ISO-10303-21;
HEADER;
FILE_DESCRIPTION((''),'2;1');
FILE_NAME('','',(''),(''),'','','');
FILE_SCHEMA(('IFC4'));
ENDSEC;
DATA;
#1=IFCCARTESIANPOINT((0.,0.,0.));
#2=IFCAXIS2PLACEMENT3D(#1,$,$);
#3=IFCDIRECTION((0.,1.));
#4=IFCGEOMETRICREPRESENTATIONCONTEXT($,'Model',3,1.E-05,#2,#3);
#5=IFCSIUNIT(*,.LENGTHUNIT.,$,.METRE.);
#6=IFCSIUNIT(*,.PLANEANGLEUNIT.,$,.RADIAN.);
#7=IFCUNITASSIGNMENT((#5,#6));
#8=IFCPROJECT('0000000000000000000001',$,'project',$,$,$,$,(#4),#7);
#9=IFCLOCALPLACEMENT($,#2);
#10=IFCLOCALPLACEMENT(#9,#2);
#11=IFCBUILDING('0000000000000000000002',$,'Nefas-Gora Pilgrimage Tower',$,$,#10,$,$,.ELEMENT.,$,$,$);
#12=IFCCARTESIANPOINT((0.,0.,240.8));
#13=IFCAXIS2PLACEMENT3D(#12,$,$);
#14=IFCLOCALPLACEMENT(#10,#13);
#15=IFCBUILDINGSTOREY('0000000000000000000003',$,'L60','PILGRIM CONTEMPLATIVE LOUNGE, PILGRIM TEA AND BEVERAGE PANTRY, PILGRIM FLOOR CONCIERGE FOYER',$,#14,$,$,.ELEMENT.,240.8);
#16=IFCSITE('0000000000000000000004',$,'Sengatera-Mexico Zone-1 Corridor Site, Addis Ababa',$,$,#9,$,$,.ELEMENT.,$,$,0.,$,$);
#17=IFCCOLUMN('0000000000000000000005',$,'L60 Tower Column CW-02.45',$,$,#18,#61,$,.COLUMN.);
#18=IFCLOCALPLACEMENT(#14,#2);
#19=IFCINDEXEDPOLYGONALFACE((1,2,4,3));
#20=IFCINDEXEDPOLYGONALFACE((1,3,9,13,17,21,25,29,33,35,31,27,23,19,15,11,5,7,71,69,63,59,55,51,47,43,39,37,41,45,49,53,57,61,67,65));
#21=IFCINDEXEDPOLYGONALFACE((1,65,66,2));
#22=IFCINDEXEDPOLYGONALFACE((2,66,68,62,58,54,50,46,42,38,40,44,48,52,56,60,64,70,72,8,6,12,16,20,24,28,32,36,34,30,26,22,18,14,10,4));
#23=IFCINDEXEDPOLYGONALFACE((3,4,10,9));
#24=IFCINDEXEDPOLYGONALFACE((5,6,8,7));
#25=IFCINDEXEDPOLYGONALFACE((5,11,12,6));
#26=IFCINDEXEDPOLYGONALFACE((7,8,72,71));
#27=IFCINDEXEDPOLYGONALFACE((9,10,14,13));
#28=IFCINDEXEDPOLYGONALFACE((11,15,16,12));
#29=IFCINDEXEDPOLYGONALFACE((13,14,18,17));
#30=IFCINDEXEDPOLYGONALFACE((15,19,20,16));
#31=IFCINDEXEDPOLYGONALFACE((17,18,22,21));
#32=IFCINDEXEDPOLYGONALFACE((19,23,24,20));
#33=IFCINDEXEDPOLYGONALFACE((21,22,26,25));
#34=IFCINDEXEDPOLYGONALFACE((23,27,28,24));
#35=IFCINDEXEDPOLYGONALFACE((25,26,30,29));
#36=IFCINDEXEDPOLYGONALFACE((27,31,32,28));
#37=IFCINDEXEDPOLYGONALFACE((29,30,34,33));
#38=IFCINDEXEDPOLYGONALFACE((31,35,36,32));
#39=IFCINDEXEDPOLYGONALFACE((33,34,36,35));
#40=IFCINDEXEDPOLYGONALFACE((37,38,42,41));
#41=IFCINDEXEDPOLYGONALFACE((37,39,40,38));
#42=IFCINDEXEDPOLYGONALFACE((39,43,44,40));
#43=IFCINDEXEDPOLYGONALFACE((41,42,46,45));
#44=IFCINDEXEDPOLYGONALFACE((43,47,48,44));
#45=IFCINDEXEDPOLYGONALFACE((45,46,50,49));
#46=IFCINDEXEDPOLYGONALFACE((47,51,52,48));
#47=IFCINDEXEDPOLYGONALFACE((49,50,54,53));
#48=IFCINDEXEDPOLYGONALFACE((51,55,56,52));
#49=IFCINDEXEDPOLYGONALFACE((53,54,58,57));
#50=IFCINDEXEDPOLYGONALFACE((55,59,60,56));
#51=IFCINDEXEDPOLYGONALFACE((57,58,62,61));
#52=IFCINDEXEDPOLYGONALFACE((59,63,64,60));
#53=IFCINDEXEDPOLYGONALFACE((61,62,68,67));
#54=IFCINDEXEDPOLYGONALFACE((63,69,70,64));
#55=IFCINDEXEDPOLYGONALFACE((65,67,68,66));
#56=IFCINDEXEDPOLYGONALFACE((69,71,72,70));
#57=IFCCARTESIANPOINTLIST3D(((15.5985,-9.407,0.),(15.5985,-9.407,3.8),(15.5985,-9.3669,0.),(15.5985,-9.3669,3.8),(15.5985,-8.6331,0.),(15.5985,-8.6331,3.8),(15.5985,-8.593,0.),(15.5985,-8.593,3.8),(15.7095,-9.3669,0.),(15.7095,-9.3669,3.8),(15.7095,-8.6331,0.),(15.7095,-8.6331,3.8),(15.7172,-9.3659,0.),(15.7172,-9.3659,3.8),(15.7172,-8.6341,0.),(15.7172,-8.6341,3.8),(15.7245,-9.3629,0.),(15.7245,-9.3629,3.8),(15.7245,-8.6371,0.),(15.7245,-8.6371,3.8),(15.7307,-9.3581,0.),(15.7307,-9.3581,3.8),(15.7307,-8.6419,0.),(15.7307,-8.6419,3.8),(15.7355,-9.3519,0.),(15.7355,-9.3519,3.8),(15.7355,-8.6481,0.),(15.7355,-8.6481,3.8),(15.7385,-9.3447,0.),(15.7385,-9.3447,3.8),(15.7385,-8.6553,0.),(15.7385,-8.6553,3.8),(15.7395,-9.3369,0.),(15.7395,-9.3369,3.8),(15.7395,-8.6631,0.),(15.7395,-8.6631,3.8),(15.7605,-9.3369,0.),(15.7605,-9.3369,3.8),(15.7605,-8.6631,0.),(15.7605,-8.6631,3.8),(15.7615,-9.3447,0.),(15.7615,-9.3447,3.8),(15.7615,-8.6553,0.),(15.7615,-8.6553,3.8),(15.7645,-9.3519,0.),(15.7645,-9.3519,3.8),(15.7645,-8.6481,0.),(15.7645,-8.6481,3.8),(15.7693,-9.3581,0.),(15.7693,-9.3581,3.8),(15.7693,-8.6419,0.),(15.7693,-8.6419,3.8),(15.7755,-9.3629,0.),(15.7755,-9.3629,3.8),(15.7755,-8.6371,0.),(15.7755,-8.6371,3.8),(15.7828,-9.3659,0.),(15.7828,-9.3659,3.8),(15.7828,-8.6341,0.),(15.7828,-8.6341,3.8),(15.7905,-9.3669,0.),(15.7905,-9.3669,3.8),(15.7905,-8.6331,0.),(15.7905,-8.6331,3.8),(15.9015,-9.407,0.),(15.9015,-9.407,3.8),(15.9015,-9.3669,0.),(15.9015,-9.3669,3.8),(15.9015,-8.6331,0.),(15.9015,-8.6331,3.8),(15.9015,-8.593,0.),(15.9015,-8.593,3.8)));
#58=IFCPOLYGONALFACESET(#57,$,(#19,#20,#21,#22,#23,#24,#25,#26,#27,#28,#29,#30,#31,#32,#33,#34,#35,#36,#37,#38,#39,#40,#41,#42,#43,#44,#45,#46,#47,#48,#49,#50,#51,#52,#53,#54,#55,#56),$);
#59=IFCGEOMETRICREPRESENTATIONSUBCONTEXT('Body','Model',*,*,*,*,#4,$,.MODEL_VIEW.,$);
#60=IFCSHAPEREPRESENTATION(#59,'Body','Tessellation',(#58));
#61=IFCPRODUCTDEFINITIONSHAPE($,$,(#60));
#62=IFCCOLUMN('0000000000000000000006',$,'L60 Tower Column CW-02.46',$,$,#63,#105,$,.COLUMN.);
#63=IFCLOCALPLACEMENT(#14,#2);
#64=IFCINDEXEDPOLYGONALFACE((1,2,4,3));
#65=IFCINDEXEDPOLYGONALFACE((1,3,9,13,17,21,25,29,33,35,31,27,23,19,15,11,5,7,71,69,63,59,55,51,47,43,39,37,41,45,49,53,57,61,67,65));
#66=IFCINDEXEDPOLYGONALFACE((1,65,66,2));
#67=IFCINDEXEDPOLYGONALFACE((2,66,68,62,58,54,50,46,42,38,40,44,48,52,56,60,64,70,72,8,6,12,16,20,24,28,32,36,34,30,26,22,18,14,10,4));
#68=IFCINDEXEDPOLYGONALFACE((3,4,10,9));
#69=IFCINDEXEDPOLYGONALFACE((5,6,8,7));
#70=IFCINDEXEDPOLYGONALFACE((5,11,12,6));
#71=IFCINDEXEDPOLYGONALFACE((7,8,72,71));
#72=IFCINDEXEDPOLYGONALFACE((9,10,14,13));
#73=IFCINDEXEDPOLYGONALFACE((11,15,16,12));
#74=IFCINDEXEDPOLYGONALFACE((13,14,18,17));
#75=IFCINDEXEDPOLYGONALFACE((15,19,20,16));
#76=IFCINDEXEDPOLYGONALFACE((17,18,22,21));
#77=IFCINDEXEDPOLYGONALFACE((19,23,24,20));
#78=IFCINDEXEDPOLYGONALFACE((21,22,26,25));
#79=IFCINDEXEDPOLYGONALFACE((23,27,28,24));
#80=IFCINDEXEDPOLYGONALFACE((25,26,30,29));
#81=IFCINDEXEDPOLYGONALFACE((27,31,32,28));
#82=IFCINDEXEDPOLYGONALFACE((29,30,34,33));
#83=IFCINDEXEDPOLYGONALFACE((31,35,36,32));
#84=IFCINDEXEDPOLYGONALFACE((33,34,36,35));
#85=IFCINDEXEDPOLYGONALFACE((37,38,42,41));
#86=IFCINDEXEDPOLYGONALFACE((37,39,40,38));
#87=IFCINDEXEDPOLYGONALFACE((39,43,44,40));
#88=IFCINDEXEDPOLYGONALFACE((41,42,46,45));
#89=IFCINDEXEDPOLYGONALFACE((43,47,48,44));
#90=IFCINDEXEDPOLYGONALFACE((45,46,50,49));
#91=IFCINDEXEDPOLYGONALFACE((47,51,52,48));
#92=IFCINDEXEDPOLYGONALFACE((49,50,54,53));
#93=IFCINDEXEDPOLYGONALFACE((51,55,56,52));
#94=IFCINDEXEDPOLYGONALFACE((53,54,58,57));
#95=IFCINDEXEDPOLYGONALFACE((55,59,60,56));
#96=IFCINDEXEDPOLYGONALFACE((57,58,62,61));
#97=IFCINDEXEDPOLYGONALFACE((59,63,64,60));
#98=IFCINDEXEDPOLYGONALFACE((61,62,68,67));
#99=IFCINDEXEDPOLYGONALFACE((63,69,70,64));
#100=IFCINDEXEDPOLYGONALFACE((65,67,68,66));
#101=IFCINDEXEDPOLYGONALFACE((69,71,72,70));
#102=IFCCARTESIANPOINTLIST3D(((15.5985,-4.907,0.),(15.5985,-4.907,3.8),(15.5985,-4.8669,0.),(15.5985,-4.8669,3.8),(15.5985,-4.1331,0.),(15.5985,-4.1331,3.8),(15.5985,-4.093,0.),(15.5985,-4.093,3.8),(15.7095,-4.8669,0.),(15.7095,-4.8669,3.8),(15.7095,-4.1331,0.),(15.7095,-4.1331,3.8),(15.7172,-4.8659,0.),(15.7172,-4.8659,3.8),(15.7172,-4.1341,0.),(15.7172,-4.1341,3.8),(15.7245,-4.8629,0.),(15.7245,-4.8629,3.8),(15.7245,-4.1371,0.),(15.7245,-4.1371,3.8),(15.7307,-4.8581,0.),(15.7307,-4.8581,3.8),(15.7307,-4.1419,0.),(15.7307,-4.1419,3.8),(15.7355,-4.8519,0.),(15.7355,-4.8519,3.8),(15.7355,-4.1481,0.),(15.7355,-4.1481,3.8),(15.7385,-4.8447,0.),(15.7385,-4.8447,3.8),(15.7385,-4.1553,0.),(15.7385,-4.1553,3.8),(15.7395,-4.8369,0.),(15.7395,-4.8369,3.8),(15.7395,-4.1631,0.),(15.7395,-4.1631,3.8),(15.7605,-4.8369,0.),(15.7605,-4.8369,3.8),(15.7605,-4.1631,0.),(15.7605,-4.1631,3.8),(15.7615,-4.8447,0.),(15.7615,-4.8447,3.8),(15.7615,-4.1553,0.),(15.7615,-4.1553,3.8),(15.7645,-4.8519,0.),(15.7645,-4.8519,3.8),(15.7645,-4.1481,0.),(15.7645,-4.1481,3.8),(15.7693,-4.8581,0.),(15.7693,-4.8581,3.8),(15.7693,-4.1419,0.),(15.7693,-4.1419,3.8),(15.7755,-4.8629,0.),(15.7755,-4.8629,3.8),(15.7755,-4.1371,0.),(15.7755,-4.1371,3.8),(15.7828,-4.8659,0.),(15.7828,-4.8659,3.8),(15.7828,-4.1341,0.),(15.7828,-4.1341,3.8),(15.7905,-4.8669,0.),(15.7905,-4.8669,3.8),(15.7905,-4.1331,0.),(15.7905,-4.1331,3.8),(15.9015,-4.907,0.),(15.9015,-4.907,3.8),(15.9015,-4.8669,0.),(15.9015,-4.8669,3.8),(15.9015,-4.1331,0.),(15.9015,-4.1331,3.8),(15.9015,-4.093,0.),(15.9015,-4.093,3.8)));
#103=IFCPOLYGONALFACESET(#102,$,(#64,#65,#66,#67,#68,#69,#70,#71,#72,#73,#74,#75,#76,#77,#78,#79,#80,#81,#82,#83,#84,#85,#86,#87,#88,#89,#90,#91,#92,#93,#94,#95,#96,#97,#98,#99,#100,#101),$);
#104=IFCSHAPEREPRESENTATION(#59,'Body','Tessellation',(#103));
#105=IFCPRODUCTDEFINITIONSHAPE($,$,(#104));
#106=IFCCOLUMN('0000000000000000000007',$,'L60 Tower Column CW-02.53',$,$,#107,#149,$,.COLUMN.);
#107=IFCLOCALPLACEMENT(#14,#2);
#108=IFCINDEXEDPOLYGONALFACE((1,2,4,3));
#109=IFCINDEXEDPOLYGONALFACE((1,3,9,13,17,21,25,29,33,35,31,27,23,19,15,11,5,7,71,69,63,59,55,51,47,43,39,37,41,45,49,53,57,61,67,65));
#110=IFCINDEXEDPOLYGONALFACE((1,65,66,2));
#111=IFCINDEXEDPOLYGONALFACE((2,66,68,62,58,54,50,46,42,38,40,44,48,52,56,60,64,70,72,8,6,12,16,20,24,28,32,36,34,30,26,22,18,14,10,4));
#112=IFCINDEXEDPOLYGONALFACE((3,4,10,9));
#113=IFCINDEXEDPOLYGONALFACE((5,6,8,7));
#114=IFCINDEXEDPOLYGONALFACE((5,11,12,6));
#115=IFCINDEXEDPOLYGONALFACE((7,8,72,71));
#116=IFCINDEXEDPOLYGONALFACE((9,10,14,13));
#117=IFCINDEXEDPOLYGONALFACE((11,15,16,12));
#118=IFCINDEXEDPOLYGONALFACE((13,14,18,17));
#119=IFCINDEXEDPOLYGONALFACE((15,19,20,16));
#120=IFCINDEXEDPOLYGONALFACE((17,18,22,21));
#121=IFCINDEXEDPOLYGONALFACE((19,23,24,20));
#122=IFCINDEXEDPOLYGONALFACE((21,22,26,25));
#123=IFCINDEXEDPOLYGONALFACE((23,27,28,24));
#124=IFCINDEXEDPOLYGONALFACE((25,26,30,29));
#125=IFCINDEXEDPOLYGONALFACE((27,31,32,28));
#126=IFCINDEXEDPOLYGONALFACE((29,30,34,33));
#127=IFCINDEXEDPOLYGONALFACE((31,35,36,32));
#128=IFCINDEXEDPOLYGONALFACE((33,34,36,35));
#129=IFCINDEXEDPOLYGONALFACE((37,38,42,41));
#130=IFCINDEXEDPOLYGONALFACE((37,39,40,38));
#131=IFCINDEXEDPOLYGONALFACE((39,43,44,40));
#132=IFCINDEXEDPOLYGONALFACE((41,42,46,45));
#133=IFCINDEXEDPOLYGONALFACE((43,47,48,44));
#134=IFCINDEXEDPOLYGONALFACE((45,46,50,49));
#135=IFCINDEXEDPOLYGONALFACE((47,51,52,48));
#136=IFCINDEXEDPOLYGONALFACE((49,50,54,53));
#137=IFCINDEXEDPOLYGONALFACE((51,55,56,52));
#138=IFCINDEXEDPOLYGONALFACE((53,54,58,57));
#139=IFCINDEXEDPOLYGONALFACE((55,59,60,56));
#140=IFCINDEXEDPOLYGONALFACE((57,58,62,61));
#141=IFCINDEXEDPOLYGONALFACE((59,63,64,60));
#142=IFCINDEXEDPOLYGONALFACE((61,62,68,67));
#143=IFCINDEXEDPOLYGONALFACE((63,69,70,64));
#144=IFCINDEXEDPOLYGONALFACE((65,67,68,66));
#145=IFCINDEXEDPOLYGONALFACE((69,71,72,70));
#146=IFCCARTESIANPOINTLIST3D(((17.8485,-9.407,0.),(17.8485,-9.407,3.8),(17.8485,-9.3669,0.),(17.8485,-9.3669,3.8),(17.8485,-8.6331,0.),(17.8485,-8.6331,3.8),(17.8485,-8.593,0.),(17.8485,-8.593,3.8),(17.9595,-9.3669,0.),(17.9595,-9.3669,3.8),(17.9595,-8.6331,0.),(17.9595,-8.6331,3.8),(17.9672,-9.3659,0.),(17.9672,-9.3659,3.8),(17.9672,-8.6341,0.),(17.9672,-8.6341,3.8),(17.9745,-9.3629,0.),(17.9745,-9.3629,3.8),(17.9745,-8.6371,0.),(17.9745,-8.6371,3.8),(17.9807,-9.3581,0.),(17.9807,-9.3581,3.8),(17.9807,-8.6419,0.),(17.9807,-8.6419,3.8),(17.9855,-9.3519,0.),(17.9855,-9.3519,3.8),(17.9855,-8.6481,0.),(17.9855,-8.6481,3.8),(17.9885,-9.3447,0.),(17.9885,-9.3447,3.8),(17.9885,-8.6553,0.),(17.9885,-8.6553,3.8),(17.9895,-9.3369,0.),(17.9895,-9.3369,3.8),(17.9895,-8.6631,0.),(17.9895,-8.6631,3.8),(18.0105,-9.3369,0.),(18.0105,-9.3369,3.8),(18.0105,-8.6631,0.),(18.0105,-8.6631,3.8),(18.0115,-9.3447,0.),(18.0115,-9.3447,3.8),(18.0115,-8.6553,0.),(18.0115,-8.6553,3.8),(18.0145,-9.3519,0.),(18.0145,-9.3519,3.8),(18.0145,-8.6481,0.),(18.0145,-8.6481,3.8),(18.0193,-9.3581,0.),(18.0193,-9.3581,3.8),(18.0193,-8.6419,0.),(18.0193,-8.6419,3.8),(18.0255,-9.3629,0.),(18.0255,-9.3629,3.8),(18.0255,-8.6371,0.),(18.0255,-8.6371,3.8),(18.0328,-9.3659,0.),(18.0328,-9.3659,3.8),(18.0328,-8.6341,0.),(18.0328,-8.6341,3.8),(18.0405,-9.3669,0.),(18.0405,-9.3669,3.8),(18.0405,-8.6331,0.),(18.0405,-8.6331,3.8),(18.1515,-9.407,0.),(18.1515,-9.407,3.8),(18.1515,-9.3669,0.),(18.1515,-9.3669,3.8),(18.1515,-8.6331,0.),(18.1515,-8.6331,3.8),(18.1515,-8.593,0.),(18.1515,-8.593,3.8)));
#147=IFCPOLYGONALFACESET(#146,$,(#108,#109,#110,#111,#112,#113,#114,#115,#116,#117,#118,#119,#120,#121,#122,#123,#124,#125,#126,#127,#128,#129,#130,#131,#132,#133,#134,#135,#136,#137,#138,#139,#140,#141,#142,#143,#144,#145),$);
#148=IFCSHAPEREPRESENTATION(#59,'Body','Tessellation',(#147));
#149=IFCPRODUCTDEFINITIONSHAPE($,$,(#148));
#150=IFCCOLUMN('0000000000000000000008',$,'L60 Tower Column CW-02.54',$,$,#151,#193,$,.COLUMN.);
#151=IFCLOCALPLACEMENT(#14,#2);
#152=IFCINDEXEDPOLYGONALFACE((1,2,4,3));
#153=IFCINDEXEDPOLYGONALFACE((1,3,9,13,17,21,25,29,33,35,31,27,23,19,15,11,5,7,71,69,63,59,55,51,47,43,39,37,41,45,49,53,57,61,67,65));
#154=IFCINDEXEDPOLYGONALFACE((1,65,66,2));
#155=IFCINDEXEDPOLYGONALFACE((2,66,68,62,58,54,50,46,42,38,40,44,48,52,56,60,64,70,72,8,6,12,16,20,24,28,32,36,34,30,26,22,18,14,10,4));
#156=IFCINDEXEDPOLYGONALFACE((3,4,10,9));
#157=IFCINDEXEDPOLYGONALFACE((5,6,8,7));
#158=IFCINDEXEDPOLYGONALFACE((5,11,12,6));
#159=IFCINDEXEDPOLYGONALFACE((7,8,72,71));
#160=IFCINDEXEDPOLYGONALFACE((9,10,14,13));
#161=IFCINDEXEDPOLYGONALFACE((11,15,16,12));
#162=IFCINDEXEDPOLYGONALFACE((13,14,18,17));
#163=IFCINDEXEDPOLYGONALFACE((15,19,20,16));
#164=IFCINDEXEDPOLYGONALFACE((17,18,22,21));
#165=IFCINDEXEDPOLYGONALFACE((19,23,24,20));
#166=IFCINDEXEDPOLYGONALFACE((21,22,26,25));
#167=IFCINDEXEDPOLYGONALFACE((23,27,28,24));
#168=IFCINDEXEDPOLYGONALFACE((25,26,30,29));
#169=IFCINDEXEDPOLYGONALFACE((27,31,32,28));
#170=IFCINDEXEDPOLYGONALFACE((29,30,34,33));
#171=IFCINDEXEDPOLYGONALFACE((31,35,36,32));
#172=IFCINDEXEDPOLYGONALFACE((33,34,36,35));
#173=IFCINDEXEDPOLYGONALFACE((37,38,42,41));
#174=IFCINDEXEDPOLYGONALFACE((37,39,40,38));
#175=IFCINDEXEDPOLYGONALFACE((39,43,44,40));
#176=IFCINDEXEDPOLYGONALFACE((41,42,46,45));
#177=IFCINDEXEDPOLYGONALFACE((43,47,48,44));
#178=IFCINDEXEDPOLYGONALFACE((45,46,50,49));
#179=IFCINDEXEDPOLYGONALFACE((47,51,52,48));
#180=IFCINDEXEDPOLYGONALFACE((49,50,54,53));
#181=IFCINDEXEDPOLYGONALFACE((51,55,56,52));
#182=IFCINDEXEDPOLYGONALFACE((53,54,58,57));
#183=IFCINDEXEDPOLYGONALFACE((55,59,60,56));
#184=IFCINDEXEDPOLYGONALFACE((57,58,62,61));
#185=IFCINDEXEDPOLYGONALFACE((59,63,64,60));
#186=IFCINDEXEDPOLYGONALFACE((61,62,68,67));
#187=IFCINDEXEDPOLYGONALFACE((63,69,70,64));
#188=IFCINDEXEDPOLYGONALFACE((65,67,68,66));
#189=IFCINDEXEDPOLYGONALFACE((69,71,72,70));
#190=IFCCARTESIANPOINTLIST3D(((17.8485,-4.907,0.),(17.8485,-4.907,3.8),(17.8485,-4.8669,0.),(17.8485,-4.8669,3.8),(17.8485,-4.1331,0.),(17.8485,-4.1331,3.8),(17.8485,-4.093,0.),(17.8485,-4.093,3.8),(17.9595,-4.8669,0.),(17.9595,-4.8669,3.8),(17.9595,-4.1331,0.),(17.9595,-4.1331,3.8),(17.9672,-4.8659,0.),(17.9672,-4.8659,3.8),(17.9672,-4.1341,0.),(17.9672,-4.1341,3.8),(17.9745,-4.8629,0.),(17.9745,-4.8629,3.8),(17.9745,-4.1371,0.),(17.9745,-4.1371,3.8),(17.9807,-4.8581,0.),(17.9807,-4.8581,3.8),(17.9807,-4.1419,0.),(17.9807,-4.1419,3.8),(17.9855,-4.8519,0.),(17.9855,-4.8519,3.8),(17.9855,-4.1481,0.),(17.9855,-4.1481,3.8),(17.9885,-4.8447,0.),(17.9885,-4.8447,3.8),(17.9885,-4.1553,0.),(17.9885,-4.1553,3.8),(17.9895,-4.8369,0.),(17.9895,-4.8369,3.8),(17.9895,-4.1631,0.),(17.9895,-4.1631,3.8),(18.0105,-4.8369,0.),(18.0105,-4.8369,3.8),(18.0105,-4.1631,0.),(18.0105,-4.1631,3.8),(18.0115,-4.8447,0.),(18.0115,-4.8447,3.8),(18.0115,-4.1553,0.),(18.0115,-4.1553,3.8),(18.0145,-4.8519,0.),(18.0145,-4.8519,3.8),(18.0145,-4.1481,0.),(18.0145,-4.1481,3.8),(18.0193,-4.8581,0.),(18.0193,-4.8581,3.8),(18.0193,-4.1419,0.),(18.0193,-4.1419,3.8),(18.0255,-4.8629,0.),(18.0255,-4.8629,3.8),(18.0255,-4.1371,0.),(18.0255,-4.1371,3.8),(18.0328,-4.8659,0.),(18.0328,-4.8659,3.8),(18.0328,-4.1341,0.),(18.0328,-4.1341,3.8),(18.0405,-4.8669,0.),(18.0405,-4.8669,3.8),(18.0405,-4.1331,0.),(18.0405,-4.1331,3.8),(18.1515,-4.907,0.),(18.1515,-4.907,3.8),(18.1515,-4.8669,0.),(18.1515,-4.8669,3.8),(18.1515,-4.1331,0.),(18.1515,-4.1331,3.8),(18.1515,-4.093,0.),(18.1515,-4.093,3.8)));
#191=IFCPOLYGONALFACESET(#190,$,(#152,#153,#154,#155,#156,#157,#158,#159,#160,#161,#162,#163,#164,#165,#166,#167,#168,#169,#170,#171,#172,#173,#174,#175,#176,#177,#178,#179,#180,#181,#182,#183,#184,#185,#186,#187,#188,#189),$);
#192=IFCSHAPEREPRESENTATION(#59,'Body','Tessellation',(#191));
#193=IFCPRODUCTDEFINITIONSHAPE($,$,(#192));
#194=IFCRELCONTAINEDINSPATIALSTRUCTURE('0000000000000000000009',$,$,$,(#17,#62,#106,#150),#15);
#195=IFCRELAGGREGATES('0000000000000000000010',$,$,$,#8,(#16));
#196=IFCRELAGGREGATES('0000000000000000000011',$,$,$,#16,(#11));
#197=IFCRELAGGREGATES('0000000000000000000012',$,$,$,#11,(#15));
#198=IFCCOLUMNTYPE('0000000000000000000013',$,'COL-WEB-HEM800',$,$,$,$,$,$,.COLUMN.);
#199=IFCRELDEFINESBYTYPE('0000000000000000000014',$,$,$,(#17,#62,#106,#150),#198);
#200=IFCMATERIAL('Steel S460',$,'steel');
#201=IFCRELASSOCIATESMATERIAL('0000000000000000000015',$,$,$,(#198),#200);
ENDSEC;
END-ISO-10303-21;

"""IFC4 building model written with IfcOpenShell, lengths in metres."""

from ifc_helpers import new_model, si_unit, direction, frame, origin, origin_2d, place, context, subcontext, project, spatial, i_section, extrude, source, transform, mapped, material, material_profile, profile_set, type_object, element, save


model = new_model("IFC4")

# Units and contexts
model_context = context("Model", 3, precision=1e-05, world=origin(), true_north=direction((0.0, 1.0)))
body_context = subcontext(model_context, "Body", "Model", "MODEL_VIEW")
ifc_project = project(units=[si_unit("LENGTHUNIT", "METRE"), si_unit("PLANEANGLEUNIT", "RADIAN")], contexts=[model_context])

# Site, building, storey
site_placement = place(None, origin())
site = spatial("IfcSite", under=ifc_project, at=site_placement, Name="Sengatera-Mexico Zone-1 Corridor Site, Addis Ababa", CompositionType="ELEMENT", RefElevation=0.0)
building_placement = place(site_placement, origin())
building = spatial("IfcBuilding", under=site, at=building_placement, Name="Nefas-Gora Pilgrimage Tower", CompositionType="ELEMENT")
storey_placement = place(building_placement, frame((0.0, 0.0, 240.8)))
storey = spatial("IfcBuildingStorey", under=building, at=storey_placement, Name="L60", Description="PILGRIM CONTEMPLATIVE LOUNGE, PILGRIM TEA AND BEVERAGE PANTRY, PILGRIM FLOOR CONCIERGE FOYER", CompositionType="ELEMENT", Elevation=240.8)

# Columns
ifc_material_1 = material(Name="Steel S460", Category="steel")
ifc_material_profile_1 = material_profile(ifc_material_1, i_section(OverallWidth=0.303, OverallDepth=0.814, WebThickness=0.021, FlangeThickness=0.04, FilletRadius=0.03, at=origin_2d()), Name="HEM 800")
ifc_profile_set_1 = profile_set([ifc_material_profile_1], Name="Steel S460")
column_type_1 = type_object("IfcColumnType", Name="COL-WEB-HEM800", PredefinedType="COLUMN", material=ifc_profile_set_1)
shared_shape_1 = source(origin(), body_context, "Body", "SweptSolid", [
    extrude(i_section(OverallWidth=0.303, OverallDepth=0.814, WebThickness=0.021, FlangeThickness=0.04, FilletRadius=0.03, at=origin_2d()), origin(), (0.0, 0.0, 1.0), 3.8),
])
for number, where, z_axis, x_axis, name in (
    (1, (15.75, -9.0, 0.0), (0.0, 0.0, 1.0), (1.0, 0.0, 0.0), "L60 Tower Column CW-02.45"),
    (2, (15.75, -4.5, 0.0), (0.0, 0.0, 1.0), (1.0, 0.0, 0.0), "L60 Tower Column CW-02.46"),
    (3, (18.0, -9.0, 0.0), (0.0, 0.0, 1.0), (1.0, 0.0, 0.0), "L60 Tower Column CW-02.53"),
    (4, (18.0, -4.5, 0.0), (0.0, 0.0, 1.0), (1.0, 0.0, 0.0), "L60 Tower Column CW-02.54"),
):
    element("IfcColumn", number, at=place(storey_placement, frame(where, z_axis=z_axis, x_axis=x_axis)), inside=storey, type_object=column_type_1, Name=name, PredefinedType="COLUMN", context=body_context, shape_type="MappedRepresentation", body=[
        mapped(shared_shape_1, transform((0.0, 0.0, 0.0), x_axis=(1.0, 0.0, 0.0), y_axis=(0.0, 1.0, 0.0), z_axis=(0.0, 0.0, 1.0), scale=1.0)),
    ])

save(model, "model.ifc")
